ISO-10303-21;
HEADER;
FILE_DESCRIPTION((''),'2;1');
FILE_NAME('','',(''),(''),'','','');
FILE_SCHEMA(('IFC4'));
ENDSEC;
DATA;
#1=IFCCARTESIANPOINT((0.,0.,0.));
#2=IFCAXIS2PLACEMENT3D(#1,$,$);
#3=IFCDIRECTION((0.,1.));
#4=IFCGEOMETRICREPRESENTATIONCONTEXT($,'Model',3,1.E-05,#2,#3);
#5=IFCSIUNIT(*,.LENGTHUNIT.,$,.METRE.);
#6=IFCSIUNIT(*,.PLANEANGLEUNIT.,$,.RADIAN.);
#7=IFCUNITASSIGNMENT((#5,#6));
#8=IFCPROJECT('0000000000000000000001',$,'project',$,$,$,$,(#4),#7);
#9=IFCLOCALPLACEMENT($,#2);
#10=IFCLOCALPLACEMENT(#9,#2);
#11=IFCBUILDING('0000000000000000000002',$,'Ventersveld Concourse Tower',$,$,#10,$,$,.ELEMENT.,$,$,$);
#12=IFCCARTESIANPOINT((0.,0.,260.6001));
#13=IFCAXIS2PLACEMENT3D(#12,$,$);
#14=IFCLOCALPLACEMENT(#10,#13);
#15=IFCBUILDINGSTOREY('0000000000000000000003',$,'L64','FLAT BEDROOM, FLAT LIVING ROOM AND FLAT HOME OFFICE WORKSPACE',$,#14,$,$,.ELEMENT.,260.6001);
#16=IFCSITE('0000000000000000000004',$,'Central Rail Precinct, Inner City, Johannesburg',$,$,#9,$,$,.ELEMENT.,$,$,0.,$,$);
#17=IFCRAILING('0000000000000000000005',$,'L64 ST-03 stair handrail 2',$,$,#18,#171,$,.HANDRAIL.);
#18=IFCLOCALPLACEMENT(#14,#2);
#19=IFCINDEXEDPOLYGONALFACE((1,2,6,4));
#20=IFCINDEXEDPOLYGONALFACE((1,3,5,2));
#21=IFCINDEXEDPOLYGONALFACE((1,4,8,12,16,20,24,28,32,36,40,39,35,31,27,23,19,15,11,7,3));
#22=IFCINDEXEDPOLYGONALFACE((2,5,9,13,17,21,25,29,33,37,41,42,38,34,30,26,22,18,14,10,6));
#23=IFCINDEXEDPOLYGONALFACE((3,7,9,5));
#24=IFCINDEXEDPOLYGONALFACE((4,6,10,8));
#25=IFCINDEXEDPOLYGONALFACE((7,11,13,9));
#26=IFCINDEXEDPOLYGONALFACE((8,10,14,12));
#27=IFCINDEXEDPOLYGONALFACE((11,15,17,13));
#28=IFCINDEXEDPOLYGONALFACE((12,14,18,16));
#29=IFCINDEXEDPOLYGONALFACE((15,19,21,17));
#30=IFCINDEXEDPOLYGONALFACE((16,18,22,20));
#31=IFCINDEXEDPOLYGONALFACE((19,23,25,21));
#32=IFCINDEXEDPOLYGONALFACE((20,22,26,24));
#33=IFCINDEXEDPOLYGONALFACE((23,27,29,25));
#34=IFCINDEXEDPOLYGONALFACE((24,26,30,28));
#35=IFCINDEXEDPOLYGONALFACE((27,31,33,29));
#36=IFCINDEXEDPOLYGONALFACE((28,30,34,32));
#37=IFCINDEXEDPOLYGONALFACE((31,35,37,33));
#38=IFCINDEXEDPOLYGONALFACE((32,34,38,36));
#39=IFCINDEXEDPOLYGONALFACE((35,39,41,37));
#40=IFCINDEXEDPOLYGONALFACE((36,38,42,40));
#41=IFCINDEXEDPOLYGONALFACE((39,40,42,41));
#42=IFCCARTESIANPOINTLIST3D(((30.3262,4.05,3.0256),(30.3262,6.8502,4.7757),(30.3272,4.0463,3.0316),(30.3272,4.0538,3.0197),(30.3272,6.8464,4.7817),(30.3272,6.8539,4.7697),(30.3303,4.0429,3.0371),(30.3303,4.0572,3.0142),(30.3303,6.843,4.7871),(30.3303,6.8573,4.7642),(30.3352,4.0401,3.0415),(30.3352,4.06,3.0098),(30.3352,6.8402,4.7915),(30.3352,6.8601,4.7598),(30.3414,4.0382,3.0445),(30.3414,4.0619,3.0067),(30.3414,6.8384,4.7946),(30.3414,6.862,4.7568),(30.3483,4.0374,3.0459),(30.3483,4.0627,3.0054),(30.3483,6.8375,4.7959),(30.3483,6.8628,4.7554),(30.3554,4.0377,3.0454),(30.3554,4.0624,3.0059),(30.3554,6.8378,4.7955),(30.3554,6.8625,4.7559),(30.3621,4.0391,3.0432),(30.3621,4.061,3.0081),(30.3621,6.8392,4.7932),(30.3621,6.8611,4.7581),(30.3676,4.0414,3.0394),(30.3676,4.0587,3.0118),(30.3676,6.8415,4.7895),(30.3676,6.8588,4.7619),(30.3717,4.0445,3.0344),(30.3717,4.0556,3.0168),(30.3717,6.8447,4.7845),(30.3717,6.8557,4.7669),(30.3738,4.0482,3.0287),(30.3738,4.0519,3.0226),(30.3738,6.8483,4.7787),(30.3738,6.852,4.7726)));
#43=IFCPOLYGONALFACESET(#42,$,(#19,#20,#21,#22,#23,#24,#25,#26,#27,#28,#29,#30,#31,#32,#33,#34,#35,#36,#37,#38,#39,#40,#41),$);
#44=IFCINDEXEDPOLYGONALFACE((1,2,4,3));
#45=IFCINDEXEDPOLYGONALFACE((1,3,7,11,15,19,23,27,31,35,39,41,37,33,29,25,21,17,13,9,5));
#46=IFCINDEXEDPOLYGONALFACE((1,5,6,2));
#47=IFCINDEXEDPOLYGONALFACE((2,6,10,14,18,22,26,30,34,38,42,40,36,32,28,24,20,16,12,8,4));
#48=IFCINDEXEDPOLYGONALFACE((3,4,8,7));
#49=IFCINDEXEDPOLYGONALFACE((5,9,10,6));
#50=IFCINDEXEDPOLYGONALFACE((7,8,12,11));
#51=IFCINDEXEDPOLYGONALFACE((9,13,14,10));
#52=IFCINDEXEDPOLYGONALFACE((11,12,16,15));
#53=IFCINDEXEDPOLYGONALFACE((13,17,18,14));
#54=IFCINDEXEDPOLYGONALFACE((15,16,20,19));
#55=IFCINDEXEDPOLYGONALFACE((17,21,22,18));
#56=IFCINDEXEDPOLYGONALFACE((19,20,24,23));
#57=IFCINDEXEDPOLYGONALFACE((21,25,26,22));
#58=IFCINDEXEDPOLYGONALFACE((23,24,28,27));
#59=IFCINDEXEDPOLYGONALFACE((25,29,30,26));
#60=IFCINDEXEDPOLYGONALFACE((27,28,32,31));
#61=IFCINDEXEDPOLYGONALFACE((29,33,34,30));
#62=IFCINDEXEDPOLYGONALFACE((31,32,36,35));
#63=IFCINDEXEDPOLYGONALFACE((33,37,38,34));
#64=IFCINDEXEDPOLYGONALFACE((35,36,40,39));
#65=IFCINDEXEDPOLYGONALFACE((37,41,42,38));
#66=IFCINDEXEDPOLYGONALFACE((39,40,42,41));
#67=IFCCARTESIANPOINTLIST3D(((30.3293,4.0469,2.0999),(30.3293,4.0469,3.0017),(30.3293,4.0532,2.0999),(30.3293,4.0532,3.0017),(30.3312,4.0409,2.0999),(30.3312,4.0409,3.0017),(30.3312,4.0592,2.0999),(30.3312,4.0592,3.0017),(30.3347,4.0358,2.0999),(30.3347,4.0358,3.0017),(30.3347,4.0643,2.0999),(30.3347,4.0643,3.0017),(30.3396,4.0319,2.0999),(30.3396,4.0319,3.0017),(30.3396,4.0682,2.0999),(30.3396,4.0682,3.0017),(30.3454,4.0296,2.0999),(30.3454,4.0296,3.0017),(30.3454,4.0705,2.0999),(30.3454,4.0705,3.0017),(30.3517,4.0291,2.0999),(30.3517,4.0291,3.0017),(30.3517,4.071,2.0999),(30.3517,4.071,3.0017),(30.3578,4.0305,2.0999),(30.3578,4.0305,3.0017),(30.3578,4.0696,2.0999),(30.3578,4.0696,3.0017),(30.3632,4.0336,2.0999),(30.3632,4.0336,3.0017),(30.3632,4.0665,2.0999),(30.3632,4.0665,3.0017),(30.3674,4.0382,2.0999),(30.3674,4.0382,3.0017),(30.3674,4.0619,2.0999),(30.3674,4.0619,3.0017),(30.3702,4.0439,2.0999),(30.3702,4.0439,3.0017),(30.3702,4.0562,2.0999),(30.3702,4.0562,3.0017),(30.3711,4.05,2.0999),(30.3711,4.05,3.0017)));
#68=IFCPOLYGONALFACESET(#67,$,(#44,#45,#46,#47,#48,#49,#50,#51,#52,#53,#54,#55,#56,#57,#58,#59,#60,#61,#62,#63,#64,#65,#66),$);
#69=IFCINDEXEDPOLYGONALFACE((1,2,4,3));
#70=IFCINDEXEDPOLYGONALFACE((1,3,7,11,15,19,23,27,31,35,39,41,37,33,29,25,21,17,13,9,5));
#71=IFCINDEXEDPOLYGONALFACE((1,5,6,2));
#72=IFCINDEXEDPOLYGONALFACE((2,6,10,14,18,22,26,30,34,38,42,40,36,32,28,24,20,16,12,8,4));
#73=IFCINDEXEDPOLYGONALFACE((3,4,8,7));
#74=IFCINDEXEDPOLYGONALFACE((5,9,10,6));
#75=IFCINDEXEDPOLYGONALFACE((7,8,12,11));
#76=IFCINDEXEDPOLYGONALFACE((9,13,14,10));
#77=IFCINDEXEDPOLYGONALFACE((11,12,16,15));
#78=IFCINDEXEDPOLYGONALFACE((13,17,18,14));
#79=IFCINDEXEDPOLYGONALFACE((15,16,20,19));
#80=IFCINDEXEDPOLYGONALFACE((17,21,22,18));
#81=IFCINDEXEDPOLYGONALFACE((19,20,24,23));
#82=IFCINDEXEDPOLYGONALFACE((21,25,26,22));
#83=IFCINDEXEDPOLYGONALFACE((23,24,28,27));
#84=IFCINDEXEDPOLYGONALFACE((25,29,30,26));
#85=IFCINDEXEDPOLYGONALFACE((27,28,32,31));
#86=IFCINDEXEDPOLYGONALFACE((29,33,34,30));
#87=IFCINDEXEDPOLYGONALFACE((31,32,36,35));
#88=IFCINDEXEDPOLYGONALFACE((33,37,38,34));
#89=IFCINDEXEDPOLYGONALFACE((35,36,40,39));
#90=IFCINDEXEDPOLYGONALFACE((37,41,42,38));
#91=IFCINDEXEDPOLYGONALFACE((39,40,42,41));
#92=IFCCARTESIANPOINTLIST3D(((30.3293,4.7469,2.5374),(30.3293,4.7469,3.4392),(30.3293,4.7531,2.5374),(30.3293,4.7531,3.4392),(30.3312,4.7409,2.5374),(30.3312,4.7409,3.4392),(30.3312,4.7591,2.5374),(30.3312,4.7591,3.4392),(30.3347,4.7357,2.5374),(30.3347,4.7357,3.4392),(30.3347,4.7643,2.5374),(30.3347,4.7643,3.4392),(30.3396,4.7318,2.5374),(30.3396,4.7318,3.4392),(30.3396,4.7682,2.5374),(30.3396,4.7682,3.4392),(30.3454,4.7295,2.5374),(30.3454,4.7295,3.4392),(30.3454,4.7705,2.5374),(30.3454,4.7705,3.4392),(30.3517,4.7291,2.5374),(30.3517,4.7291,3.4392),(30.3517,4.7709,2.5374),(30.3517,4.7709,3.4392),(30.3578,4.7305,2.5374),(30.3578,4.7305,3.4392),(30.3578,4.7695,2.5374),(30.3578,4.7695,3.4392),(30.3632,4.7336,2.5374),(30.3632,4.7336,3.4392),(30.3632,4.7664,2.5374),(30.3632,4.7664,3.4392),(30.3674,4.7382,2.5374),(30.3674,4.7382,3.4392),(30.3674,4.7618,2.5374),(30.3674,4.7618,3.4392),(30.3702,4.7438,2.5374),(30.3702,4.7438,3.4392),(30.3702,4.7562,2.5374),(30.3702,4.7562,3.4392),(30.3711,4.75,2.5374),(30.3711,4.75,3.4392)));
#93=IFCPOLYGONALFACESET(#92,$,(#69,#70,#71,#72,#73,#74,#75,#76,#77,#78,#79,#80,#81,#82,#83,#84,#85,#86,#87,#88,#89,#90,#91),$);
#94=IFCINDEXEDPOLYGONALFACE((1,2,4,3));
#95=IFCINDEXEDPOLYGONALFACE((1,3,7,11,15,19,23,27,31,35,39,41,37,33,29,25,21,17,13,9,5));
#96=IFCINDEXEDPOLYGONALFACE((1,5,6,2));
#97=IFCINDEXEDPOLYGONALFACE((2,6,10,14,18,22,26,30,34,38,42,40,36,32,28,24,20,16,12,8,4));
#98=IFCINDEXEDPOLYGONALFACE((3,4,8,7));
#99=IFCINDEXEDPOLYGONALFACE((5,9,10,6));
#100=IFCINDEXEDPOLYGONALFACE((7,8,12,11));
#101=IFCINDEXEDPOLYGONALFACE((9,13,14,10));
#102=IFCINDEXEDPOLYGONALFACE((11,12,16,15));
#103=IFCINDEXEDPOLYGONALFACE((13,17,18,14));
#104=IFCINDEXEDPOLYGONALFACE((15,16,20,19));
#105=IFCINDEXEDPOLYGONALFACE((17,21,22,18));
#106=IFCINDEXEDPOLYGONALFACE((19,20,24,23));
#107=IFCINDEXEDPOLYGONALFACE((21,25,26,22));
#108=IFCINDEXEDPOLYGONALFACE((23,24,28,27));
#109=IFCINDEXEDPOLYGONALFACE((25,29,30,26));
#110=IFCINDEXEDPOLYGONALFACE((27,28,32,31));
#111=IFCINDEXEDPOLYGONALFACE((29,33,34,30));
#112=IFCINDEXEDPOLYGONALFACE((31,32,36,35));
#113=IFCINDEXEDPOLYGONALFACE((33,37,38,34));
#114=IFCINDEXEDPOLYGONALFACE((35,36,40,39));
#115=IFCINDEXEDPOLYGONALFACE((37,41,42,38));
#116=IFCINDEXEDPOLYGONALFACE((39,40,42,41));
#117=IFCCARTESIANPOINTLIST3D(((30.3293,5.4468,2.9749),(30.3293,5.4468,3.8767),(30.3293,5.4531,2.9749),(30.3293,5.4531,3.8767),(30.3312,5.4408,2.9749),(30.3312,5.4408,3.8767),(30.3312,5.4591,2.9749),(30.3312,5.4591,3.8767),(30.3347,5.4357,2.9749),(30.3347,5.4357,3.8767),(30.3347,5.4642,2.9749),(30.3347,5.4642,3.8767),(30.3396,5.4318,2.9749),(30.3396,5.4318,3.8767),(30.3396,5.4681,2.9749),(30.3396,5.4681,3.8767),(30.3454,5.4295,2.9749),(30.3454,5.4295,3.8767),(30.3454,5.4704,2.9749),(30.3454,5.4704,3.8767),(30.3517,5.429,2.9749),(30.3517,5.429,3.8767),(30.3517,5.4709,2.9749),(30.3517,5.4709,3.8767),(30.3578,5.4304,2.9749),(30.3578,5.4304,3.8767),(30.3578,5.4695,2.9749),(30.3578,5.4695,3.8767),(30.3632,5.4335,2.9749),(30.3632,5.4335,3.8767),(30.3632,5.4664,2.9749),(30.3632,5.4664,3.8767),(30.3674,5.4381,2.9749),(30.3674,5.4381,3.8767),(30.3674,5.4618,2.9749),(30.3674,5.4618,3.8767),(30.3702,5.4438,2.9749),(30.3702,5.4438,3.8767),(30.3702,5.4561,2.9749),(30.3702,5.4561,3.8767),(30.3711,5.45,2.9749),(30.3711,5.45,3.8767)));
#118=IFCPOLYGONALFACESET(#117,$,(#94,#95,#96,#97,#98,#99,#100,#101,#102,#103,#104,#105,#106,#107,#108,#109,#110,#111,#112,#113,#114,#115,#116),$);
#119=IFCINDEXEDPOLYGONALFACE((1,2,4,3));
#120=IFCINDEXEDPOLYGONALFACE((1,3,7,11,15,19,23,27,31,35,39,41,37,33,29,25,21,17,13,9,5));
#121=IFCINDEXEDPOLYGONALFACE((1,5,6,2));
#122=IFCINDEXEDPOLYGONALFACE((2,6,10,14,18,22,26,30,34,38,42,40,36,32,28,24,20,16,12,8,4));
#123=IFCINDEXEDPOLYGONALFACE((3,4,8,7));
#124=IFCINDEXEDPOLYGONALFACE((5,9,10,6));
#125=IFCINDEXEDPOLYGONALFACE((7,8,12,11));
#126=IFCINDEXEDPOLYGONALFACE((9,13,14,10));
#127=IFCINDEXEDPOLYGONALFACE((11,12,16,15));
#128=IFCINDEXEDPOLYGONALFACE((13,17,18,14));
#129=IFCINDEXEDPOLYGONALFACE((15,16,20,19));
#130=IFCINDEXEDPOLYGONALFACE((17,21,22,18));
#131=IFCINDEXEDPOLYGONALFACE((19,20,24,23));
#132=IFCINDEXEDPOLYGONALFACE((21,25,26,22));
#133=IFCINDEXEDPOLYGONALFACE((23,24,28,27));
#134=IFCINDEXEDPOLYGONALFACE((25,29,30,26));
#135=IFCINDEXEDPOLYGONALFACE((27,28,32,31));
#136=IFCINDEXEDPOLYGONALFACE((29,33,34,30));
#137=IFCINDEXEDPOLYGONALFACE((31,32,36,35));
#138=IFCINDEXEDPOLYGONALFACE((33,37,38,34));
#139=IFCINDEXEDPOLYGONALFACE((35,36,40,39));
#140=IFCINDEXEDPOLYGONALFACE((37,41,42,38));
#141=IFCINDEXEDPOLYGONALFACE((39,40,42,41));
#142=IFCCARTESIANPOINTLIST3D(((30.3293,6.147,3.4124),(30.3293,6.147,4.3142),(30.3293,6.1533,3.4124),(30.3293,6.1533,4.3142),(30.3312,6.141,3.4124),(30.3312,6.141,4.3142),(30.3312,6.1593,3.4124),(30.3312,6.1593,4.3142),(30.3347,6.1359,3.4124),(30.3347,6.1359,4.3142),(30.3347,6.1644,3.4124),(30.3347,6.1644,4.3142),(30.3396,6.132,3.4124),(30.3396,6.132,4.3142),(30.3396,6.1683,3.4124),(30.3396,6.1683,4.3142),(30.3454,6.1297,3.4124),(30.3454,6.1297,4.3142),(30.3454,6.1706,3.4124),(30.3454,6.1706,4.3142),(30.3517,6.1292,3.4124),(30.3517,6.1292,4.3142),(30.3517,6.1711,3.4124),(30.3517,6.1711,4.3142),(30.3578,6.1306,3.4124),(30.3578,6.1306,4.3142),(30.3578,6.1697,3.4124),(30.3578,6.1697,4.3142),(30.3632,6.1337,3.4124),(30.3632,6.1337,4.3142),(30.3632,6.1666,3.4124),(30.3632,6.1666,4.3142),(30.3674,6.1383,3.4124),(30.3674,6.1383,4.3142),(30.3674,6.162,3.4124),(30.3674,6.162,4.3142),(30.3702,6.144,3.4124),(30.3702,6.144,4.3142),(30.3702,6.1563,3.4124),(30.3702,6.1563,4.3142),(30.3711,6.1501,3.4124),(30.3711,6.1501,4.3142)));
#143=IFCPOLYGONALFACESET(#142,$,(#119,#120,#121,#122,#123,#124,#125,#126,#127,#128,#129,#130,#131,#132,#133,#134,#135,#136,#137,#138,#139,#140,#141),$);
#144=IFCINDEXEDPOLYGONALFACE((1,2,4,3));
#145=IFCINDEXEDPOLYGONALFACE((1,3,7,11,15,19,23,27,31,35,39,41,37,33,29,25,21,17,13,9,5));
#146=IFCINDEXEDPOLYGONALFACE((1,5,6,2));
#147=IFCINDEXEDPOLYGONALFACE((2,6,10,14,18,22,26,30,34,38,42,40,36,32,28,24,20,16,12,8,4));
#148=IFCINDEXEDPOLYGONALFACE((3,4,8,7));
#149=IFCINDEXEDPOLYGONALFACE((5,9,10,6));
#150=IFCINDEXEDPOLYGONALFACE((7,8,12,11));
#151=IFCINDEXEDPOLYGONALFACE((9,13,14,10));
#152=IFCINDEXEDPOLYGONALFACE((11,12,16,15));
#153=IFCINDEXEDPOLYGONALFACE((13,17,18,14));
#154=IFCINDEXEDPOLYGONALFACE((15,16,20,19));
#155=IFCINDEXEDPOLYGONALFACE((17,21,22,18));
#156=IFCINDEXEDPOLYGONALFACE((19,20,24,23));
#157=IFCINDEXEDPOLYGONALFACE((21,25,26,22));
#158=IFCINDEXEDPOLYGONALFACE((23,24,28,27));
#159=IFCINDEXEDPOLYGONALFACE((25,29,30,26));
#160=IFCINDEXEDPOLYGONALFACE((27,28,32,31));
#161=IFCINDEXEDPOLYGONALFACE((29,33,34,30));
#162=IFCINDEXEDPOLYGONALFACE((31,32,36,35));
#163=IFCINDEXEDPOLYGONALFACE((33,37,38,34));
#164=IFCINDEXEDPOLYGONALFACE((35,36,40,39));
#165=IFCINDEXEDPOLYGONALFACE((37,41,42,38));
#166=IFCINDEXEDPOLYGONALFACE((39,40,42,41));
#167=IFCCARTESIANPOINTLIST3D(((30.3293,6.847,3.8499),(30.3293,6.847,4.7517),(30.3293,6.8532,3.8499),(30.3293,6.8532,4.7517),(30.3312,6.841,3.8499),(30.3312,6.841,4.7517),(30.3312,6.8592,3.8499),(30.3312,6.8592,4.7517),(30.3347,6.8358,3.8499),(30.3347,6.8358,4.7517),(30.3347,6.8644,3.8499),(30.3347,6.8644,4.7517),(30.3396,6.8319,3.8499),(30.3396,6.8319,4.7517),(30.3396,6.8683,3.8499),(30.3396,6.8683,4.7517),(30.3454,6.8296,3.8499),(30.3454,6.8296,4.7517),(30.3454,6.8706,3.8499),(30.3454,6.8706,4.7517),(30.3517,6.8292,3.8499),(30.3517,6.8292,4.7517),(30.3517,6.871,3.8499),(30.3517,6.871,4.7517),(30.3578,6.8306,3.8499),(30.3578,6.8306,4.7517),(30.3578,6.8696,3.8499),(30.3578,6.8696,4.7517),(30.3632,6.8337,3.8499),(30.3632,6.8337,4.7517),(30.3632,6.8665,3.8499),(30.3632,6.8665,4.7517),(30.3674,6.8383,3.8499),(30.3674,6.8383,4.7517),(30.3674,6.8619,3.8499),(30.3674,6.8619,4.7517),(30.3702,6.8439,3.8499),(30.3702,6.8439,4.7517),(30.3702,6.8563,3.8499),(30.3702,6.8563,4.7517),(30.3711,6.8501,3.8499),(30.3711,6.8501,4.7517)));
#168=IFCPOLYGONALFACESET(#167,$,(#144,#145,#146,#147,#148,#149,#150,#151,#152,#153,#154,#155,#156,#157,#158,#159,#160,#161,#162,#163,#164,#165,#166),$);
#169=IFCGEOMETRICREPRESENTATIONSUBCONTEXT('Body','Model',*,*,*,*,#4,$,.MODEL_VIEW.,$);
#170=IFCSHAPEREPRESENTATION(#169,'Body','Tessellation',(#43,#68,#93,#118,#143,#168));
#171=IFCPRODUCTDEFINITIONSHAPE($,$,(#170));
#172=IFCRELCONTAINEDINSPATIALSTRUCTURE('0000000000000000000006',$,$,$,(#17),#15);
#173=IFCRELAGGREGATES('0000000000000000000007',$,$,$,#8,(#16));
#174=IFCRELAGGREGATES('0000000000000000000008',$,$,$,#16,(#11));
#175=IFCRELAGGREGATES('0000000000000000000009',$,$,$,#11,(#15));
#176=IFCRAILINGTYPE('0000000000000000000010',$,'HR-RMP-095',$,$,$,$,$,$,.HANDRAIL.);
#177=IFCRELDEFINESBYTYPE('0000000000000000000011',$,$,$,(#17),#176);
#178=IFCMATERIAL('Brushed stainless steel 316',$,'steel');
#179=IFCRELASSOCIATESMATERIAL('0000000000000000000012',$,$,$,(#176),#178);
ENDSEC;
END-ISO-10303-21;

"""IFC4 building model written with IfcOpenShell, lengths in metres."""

from ifc_helpers import new_model, si_unit, direction, frame, origin, origin_2d, place, context, subcontext, project, spatial, circle, extrude, material, type_object, element, save


model = new_model("IFC4")

# Units and contexts
model_context = context("Model", 3, precision=1e-05, world=origin(), true_north=direction((0.0, 1.0)))
body_context = subcontext(model_context, "Body", "Model", "MODEL_VIEW")
ifc_project = project(units=[si_unit("LENGTHUNIT", "METRE"), si_unit("PLANEANGLEUNIT", "RADIAN")], contexts=[model_context])

# Site, building, storey
site_placement = place(None, origin())
site = spatial("IfcSite", under=ifc_project, at=site_placement, Name="Central Rail Precinct, Inner City, Johannesburg", CompositionType="ELEMENT", RefElevation=0.0)
building_placement = place(site_placement, origin())
building = spatial("IfcBuilding", under=site, at=building_placement, Name="Ventersveld Concourse Tower", CompositionType="ELEMENT")
storey_placement = place(building_placement, frame((0.0, 0.0, 260.6001)))
storey = spatial("IfcBuildingStorey", under=building, at=storey_placement, Name="L64", Description="FLAT BEDROOM, FLAT LIVING ROOM AND FLAT HOME OFFICE WORKSPACE", CompositionType="ELEMENT", Elevation=260.6001)

# Railing
ifc_material_1 = material(Name="Brushed stainless steel 316", Category="steel")
railing_type_1 = type_object("IfcRailingType", Name="HR-RMP-095", PredefinedType="HANDRAIL", material=ifc_material_1)
railing_1_placement = place(storey_placement, frame((30.3501, 4.05, 2.0999)))
element("IfcRailing", 1, at=railing_1_placement, inside=storey, type_object=railing_type_1, Name="L64 ST-03 stair handrail 2", PredefinedType="HANDRAIL", context=body_context, shape_type="SweptSolid", body=[
    extrude(circle(Radius=0.0239, at=origin_2d()), frame((0.0, 0.0, 0.9258), z_axis=(0.0, 0.848002, 0.529992), x_axis=(-1.0, 0.0, 0.0)), (0.0, 0.0, 1.0), 3.302),
    extrude(circle(Radius=0.021, at=origin_2d()), origin(), (0.0, 0.0, 1.0), 0.9019),
    extrude(circle(Radius=0.021, at=origin_2d()), frame((0.0, 0.7, 0.4375)), (0.0, 0.0, 1.0), 0.9019),
    extrude(circle(Radius=0.021, at=origin_2d()), frame((0.0, 1.3999, 0.875)), (0.0, 0.0, 1.0), 0.9019),
    extrude(circle(Radius=0.021, at=origin_2d()), frame((0.0, 2.1001, 1.3125)), (0.0, 0.0, 1.0), 0.9019),
    extrude(circle(Radius=0.021, at=origin_2d()), frame((0.0, 2.8, 1.75)), (0.0, 0.0, 1.0), 0.9019),
])

save(model, "model.ifc")
